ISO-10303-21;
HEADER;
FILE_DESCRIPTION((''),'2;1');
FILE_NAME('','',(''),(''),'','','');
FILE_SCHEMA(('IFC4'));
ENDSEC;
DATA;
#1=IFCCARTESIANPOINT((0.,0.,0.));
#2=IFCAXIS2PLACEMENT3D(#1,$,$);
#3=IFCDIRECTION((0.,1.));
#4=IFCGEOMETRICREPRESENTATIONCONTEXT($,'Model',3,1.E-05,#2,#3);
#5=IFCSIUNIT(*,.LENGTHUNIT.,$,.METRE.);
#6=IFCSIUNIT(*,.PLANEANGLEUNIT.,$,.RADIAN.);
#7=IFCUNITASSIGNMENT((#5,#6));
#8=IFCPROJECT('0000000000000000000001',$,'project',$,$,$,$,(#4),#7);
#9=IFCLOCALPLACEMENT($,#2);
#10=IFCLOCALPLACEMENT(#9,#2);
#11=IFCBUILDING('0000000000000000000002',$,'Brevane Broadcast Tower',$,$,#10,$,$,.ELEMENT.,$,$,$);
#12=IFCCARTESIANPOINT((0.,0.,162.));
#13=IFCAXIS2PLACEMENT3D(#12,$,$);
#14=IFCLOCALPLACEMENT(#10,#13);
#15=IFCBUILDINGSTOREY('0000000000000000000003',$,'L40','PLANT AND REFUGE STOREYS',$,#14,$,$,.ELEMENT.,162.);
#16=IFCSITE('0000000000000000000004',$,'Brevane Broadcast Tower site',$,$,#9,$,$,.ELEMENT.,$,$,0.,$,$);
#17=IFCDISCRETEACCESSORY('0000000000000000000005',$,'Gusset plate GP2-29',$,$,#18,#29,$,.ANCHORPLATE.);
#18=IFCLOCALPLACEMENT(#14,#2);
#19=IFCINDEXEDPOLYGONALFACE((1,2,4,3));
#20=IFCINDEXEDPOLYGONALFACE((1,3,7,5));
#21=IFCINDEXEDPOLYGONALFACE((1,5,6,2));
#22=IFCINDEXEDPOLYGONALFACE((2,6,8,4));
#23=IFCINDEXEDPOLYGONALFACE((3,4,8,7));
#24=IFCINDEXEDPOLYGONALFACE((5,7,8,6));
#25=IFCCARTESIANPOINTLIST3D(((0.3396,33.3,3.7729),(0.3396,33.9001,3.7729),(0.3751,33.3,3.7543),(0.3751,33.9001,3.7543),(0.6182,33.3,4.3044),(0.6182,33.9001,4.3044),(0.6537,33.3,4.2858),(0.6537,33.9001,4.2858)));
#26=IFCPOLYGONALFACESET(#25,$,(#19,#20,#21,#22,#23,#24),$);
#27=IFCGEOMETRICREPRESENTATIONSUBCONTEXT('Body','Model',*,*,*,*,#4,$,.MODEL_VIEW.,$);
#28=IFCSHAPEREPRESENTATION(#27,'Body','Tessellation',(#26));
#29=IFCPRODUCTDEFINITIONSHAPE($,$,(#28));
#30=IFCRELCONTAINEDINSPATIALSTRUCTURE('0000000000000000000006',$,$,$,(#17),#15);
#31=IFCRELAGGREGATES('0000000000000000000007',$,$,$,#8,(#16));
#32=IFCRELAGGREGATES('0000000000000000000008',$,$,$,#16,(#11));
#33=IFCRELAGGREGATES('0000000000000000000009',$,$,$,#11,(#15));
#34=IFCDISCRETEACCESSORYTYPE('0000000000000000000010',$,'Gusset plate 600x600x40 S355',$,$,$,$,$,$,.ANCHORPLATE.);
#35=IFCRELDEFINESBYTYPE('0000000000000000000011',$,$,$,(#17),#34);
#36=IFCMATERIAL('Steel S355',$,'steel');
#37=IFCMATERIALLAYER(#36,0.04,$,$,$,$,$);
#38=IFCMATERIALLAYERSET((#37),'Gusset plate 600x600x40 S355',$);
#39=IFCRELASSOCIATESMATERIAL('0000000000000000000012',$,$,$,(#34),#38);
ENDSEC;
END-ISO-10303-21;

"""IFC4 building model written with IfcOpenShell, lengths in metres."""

from ifc_helpers import new_model, si_unit, direction, frame, origin, origin_2d, place, context, subcontext, project, spatial, rectangle, extrude, material, layer, layer_set, type_object, element, save


model = new_model("IFC4")

# Units and contexts
model_context = context("Model", 3, precision=1e-05, world=origin(), true_north=direction((0.0, 1.0)))
body_context = subcontext(model_context, "Body", "Model", "MODEL_VIEW")
ifc_project = project(units=[si_unit("LENGTHUNIT", "METRE"), si_unit("PLANEANGLEUNIT", "RADIAN")], contexts=[model_context])

# Site, building, storey
site_placement = place(None, origin())
site = spatial("IfcSite", under=ifc_project, at=site_placement, Name="Brevane Broadcast Tower site", CompositionType="ELEMENT", RefElevation=0.0)
building_placement = place(site_placement, origin())
building = spatial("IfcBuilding", under=site, at=building_placement, Name="Brevane Broadcast Tower", CompositionType="ELEMENT")
storey_placement = place(building_placement, frame((0.0, 0.0, 162.0)))
storey = spatial("IfcBuildingStorey", under=building, at=storey_placement, Name="L40", Description="PLANT AND REFUGE STOREYS", CompositionType="ELEMENT", Elevation=162.0)

# Shared definitions
ifc_material_1 = material(Name="Steel S355", Category="steel")

# Discrete accessory
ifc_layer_1 = layer(ifc_material_1, 0.04)
ifc_layer_set_1 = layer_set([ifc_layer_1], Name="Gusset plate 600x600x40 S355")
discrete_accessory_type = type_object("IfcDiscreteAccessoryType", Name="Gusset plate 600x600x40 S355", PredefinedType="ANCHORPLATE", material=ifc_layer_set_1)
for number, where, z_axis, x_axis, name in (
    (1, (0.5144, 33.6001, 4.02), (-0.885712, 0.0, 0.464235), (0.0, -1.0, 0.0), "Gusset plate GP2-29"),
):
    element("IfcDiscreteAccessory", number, at=place(storey_placement, frame(where, z_axis=z_axis, x_axis=x_axis)), inside=storey, type_object=discrete_accessory_type, Name=name, PredefinedType="ANCHORPLATE", context=body_context, shape_type="SweptSolid", body=[
        extrude(rectangle(XDim=0.6001, YDim=0.6001, at=origin_2d()), origin(), (0.0, 0.0, 1.0), 0.04),
    ])

save(model, "model.ifc")
